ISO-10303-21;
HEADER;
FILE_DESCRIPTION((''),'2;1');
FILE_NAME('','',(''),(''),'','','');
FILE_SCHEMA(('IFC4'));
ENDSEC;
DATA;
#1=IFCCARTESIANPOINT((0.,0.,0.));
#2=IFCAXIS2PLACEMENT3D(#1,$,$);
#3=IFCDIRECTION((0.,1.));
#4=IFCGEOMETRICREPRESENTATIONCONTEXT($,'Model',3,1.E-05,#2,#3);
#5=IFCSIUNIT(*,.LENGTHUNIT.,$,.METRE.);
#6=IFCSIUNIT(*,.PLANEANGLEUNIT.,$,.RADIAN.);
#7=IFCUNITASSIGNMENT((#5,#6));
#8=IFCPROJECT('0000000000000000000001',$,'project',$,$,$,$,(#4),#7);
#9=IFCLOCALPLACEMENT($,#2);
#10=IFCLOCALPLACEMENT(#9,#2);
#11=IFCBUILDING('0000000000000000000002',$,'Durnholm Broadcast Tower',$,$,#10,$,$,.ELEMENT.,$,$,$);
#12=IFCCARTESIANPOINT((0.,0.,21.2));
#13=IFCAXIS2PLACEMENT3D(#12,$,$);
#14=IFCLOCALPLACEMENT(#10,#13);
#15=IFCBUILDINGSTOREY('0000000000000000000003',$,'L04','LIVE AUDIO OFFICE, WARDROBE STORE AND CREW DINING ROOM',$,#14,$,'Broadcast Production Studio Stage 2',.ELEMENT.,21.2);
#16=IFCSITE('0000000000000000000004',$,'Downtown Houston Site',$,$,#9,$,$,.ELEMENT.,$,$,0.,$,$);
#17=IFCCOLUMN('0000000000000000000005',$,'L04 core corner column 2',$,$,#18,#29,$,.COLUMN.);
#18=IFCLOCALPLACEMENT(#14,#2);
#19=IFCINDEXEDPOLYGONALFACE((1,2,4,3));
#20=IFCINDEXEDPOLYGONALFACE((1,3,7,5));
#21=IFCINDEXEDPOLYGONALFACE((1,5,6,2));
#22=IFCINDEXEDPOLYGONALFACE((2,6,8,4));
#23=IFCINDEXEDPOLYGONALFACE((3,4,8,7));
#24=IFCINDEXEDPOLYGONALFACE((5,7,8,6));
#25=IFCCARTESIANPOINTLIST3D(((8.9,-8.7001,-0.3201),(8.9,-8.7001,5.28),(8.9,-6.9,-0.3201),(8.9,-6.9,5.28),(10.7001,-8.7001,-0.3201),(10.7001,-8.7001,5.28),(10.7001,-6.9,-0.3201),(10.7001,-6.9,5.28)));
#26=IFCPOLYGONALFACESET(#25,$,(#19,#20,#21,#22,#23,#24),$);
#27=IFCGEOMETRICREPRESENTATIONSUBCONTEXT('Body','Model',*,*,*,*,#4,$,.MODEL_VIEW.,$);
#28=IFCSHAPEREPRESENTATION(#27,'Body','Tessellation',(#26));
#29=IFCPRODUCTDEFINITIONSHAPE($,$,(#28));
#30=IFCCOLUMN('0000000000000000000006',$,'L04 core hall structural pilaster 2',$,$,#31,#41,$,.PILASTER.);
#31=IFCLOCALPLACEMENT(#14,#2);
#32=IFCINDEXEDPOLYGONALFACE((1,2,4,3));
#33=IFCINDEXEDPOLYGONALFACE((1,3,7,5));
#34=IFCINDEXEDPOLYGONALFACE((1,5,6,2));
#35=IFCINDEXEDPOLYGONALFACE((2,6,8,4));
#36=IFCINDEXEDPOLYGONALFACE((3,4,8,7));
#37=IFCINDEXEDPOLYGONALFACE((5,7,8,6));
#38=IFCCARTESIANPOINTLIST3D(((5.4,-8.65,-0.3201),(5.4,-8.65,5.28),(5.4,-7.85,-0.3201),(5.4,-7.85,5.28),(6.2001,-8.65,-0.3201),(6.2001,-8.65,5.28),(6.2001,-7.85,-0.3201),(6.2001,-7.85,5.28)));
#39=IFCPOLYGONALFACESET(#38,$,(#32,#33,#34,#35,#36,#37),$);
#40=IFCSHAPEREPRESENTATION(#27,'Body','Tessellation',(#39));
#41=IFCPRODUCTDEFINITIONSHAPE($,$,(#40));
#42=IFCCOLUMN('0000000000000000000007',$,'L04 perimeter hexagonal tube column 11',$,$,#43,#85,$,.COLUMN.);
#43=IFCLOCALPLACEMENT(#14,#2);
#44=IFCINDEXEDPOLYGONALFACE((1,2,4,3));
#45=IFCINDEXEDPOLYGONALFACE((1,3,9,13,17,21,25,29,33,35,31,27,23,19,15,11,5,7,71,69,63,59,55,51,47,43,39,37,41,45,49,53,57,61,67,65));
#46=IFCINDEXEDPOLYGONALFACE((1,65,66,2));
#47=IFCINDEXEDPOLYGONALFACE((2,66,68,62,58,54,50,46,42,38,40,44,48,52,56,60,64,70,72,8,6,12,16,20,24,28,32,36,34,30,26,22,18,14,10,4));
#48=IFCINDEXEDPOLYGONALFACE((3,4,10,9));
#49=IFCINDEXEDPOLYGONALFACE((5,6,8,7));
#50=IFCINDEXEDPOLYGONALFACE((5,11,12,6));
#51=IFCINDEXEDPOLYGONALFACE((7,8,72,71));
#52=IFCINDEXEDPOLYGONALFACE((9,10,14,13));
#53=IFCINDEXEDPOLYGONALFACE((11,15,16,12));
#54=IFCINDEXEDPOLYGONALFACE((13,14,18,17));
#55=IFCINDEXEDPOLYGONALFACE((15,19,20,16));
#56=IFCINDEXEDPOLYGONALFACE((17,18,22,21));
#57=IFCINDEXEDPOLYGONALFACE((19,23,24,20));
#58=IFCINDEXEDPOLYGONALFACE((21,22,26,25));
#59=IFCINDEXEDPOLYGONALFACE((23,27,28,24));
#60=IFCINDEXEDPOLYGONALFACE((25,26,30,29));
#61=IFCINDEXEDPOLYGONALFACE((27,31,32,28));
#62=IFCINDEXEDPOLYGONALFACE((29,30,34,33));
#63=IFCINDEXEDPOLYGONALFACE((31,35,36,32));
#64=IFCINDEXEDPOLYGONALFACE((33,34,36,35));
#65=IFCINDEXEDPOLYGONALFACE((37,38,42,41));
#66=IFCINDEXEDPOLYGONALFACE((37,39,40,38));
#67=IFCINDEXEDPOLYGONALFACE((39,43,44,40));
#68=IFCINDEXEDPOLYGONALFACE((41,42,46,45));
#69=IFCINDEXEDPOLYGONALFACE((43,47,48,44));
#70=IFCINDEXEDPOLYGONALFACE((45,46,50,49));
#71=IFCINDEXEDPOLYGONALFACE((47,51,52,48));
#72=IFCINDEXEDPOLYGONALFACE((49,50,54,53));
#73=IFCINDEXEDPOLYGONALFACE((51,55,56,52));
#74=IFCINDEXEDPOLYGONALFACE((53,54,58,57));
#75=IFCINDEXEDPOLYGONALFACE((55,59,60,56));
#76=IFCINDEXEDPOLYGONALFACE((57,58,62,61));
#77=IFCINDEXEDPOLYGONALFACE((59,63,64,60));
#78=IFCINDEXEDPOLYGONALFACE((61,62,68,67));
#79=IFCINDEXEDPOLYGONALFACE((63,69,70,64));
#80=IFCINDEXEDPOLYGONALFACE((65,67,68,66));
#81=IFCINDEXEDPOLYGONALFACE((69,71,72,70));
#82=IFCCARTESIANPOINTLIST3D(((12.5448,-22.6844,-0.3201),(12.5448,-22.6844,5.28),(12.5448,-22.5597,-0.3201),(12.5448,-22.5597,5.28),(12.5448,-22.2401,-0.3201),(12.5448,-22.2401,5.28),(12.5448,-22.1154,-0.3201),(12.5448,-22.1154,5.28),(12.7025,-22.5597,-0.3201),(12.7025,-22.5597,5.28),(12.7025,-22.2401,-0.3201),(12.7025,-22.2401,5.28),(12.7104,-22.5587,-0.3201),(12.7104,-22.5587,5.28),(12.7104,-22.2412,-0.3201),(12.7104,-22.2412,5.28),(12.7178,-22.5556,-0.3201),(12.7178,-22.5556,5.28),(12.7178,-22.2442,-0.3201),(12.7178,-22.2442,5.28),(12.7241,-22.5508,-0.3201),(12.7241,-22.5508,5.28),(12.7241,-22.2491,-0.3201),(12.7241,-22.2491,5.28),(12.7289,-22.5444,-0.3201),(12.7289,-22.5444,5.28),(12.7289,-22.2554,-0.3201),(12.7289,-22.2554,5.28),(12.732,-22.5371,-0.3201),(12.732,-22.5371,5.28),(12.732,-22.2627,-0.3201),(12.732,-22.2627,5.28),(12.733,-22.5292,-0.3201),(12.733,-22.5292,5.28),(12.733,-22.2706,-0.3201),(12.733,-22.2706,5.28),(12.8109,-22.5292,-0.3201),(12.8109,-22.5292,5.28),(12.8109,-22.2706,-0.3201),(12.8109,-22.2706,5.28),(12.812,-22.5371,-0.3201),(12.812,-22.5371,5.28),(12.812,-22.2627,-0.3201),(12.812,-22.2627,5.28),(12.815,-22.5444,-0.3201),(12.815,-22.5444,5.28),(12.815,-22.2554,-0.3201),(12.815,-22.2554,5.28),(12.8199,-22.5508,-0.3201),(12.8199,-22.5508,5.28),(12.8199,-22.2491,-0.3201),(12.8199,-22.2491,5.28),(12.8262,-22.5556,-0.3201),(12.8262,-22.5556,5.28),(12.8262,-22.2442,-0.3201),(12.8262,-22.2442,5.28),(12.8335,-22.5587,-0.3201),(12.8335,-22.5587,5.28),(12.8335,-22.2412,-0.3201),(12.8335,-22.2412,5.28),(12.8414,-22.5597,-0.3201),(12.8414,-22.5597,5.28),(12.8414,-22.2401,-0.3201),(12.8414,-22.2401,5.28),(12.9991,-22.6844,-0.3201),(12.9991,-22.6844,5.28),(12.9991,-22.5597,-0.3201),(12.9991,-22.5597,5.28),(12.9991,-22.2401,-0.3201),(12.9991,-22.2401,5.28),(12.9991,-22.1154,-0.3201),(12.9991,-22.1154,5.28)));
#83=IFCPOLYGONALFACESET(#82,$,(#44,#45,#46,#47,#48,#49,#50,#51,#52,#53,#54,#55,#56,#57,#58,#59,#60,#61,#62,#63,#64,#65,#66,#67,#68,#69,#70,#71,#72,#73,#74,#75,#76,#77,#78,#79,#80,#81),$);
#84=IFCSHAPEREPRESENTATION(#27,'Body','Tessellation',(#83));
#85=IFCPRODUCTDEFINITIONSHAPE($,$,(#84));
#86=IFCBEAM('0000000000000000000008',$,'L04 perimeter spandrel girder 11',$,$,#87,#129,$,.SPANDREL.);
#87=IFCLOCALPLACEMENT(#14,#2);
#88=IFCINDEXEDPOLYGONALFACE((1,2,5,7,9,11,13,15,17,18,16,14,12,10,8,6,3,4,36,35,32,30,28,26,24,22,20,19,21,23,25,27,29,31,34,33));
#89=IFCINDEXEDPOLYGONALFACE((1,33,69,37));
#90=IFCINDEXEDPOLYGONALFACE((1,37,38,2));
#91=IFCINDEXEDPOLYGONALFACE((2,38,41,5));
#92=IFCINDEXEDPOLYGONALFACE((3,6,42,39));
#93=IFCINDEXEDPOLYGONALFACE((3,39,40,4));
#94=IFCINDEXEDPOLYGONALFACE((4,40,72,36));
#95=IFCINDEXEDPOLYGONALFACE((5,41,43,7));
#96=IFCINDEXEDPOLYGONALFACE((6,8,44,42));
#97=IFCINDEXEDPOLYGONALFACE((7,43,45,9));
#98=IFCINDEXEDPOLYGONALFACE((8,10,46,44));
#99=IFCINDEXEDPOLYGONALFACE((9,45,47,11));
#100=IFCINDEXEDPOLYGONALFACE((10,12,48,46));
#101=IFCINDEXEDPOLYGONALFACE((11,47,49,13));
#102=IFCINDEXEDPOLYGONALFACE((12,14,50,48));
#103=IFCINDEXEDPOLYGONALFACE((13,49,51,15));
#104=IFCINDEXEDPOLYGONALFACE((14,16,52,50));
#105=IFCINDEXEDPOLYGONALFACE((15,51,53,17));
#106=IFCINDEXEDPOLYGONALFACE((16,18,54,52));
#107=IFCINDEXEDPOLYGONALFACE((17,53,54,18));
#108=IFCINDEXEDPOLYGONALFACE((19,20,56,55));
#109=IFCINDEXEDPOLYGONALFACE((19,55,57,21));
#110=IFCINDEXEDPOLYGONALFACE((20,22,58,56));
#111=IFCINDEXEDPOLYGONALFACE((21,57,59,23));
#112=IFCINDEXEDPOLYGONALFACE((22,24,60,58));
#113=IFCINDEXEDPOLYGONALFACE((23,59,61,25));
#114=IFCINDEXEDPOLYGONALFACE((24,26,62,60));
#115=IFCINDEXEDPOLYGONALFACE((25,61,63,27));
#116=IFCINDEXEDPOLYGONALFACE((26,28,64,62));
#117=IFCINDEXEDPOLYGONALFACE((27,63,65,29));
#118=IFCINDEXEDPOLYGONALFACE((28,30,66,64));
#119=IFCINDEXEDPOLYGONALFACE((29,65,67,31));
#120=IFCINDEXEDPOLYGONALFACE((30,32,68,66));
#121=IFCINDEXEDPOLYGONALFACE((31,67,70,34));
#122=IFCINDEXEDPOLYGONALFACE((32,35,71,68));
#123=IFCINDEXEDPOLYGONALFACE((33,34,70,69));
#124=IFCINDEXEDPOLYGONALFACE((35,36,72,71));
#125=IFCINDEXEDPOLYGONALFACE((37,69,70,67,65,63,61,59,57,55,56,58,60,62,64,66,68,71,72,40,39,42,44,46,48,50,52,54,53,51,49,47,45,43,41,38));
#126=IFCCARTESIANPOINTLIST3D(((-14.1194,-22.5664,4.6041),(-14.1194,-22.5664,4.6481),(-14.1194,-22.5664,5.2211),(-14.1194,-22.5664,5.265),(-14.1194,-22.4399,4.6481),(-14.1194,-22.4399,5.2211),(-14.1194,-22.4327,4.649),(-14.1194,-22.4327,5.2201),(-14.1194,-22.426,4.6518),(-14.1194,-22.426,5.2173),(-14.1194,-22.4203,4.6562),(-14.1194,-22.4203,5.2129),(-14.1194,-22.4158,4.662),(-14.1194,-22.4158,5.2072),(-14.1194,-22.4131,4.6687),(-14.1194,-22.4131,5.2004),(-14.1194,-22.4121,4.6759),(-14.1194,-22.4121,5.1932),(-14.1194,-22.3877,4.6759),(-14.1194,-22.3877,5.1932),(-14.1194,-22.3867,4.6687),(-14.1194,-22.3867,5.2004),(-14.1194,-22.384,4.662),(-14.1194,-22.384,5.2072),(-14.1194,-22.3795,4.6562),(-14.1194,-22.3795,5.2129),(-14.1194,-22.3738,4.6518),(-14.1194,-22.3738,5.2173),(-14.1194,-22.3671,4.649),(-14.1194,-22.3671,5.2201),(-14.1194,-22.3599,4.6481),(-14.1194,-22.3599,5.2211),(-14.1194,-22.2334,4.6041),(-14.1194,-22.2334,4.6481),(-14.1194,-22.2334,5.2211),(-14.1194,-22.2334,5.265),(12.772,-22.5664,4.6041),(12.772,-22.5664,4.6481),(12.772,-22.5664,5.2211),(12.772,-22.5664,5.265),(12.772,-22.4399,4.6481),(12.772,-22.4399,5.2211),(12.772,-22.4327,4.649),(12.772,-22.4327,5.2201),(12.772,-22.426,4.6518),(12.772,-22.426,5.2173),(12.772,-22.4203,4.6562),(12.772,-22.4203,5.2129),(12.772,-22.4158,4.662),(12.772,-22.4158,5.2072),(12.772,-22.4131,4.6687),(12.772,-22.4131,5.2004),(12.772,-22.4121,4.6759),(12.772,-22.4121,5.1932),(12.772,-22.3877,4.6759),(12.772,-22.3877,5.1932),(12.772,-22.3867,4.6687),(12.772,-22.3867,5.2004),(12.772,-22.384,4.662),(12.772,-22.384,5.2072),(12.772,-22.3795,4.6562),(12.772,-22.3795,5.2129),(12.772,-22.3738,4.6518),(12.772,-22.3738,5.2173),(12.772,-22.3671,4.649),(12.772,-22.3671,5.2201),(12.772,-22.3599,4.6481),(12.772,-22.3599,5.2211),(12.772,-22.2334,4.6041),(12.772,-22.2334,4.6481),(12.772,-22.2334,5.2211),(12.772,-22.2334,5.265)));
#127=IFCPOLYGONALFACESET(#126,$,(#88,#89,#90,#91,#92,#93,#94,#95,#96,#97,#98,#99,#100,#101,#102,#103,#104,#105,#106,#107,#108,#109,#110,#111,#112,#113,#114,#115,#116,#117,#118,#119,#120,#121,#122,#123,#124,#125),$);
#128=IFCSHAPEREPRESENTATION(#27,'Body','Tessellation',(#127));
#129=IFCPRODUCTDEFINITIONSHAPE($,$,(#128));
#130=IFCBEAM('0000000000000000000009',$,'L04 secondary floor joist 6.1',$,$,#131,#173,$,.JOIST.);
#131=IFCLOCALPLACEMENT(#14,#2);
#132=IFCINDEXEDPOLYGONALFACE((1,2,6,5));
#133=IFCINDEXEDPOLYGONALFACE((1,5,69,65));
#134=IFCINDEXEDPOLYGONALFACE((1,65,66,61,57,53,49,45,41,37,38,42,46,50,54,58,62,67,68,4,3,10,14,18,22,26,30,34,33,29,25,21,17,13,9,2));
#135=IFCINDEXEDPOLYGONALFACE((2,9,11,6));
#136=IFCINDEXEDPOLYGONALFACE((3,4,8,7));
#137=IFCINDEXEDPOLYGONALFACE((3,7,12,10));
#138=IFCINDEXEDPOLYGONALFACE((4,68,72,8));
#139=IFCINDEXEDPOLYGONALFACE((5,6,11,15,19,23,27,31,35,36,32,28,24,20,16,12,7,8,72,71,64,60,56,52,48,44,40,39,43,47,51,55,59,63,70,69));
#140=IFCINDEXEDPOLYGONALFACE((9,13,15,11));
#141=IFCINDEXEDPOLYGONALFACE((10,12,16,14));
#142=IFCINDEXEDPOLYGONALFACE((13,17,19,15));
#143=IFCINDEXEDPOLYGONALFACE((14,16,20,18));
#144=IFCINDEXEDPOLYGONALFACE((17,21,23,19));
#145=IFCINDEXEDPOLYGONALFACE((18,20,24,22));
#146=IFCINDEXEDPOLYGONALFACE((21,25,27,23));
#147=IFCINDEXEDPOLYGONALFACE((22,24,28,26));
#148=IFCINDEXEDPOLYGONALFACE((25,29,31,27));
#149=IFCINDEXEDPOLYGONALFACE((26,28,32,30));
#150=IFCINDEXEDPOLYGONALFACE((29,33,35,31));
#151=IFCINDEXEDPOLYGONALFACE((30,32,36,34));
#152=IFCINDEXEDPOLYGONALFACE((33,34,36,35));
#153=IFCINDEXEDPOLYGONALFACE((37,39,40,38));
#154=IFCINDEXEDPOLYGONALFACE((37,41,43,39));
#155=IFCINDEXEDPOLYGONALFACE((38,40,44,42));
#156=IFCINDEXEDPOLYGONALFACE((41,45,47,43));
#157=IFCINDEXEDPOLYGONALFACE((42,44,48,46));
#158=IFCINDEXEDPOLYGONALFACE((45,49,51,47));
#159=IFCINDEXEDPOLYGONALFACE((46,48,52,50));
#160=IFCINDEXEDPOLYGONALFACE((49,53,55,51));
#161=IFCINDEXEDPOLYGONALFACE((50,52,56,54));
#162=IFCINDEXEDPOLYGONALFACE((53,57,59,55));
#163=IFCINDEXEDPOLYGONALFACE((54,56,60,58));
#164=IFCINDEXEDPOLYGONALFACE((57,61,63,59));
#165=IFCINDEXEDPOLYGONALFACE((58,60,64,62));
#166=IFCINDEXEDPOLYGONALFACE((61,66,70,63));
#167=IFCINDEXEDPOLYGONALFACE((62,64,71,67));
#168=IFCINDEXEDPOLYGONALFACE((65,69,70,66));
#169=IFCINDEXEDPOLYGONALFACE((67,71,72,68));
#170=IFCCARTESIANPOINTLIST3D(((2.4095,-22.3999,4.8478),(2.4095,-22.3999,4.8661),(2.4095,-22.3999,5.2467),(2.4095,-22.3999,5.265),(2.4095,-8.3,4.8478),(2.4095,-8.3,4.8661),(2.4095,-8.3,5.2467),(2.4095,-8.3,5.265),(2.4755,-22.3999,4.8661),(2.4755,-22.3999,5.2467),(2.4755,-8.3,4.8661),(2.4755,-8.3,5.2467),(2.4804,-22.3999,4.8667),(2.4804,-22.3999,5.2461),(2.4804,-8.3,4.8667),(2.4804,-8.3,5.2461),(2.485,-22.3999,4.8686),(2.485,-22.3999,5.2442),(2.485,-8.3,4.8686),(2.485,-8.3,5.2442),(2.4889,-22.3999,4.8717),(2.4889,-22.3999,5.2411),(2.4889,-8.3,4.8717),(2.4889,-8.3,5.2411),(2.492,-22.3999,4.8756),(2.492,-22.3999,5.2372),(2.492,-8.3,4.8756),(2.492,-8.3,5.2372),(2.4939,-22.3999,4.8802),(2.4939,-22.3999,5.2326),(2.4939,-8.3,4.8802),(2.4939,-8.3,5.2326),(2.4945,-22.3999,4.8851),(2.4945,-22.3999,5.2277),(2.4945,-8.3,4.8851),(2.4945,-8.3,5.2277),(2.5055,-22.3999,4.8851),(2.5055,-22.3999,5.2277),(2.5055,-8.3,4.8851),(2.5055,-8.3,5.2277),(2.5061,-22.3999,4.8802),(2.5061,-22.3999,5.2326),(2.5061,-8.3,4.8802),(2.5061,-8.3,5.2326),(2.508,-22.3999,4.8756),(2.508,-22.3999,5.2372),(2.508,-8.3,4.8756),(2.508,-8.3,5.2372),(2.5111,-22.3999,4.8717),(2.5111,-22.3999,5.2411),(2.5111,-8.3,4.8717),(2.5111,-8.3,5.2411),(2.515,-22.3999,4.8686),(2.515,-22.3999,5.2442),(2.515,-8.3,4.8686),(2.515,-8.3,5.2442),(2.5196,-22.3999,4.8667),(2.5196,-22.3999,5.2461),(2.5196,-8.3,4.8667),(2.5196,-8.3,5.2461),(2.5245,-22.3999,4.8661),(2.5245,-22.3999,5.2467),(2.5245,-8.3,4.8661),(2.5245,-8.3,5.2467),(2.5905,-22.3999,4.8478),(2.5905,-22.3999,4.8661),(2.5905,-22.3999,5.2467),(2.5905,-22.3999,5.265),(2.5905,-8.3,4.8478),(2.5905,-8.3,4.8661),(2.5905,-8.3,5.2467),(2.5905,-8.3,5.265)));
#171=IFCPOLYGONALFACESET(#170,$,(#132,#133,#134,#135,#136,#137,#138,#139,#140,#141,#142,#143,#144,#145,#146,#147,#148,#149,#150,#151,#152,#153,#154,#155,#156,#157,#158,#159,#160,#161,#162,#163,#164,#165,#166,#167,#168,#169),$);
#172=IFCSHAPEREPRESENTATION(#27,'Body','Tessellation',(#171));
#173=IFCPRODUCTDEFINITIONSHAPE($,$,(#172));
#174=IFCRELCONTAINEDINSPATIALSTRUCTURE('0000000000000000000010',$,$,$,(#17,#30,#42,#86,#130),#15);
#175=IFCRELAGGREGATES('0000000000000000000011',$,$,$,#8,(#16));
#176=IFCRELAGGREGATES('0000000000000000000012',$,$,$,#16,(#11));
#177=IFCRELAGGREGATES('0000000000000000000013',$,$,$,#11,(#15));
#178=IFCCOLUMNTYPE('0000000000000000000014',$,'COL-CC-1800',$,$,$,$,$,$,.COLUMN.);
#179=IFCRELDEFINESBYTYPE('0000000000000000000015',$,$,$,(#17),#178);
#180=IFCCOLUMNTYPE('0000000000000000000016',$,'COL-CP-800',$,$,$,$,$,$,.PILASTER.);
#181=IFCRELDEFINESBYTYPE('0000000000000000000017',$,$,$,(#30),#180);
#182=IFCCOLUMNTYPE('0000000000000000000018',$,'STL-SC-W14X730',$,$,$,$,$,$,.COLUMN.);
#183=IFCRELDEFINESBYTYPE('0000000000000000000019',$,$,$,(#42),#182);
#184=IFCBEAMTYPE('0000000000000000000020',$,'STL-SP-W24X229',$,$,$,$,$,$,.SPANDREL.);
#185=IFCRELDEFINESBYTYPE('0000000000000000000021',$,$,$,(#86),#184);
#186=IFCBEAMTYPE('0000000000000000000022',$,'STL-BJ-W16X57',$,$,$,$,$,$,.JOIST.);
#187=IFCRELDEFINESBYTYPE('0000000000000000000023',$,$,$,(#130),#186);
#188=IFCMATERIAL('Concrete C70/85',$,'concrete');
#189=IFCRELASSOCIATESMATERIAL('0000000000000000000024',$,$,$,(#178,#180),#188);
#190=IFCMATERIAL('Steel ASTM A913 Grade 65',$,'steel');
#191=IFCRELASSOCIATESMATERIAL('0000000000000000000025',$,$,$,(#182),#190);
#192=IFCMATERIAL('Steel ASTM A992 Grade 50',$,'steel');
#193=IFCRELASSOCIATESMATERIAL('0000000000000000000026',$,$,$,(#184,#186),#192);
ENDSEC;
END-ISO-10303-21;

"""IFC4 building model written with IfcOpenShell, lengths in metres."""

from ifc_helpers import new_model, si_unit, direction, frame, origin, origin_2d, place, context, subcontext, project, spatial, rectangle, i_section, extrude, source, transform, mapped, material, material_profile, profile_set, type_object, type_shapes, element, save


model = new_model("IFC4")

# Units and contexts
model_context = context("Model", 3, precision=1e-05, world=origin(), true_north=direction((0.0, 1.0)))
body_context = subcontext(model_context, "Body", "Model", "MODEL_VIEW")
ifc_project = project(units=[si_unit("LENGTHUNIT", "METRE"), si_unit("PLANEANGLEUNIT", "RADIAN")], contexts=[model_context])

# Site, building, storey
site_placement = place(None, origin())
site = spatial("IfcSite", under=ifc_project, at=site_placement, Name="Downtown Houston Site", CompositionType="ELEMENT", RefElevation=0.0)
building_placement = place(site_placement, origin())
building = spatial("IfcBuilding", under=site, at=building_placement, Name="Durnholm Broadcast Tower", CompositionType="ELEMENT")
storey_placement = place(building_placement, frame((0.0, 0.0, 21.2)))
storey = spatial("IfcBuildingStorey", under=building, at=storey_placement, Name="L04", Description="LIVE AUDIO OFFICE, WARDROBE STORE AND CREW DINING ROOM", LongName="Broadcast Production Studio Stage 2", CompositionType="ELEMENT", Elevation=21.2)

# Columns
ifc_material_1 = material(Name="Concrete C70/85", Category="concrete")
ifc_material_profile_1 = material_profile(ifc_material_1, rectangle(XDim=1.8, YDim=1.8, at=origin_2d()), Name="RC1800X1800")
ifc_profile_set_1 = profile_set([ifc_material_profile_1], Name="Concrete C70/85")
column_type_1 = type_object("IfcColumnType", Name="COL-CC-1800", PredefinedType="COLUMN", material=ifc_profile_set_1)
shared_shape_1 = source(origin(), body_context, "Body", "SweptSolid", [
    extrude(rectangle(XDim=1.8, YDim=1.8, at=origin_2d()), origin(), (0.0, 0.0, 1.0), 5.6001),
])
type_shapes(column_type_1, [shared_shape_1])
column_1_placement = place(storey_placement, frame((9.8, -7.8, -0.3201), z_axis=(0.0, 0.0, 1.0), x_axis=(1.0, 0.0, 0.0)))
element("IfcColumn", 1, at=column_1_placement, inside=storey, type_object=column_type_1, Name="L04 core corner column 2", PredefinedType="COLUMN", context=body_context, shape_type="MappedRepresentation", body=[
    mapped(shared_shape_1, transform((0.0, 0.0, 0.0), x_axis=(1.0, 0.0, 0.0), y_axis=(0.0, 1.0, 0.0), z_axis=(0.0, 0.0, 1.0), scale=1.0)),
])
ifc_material_profile_2 = material_profile(ifc_material_1, rectangle(XDim=0.8, YDim=0.8, at=origin_2d()), Name="RC800X800")
ifc_profile_set_2 = profile_set([ifc_material_profile_2], Name="Concrete C70/85")
column_type_2 = type_object("IfcColumnType", Name="COL-CP-800", PredefinedType="PILASTER", material=ifc_profile_set_2)
shared_shape_2 = source(origin(), body_context, "Body", "SweptSolid", [
    extrude(rectangle(XDim=0.8, YDim=0.8, at=origin_2d()), origin(), (0.0, 0.0, 1.0), 5.6001),
])
type_shapes(column_type_2, [shared_shape_2])
column_2_placement = place(storey_placement, frame((5.8, -8.25, -0.3201), z_axis=(0.0, 0.0, 1.0), x_axis=(1.0, 0.0, 0.0)))
element("IfcColumn", 2, at=column_2_placement, inside=storey, type_object=column_type_2, Name="L04 core hall structural pilaster 2", PredefinedType="PILASTER", context=body_context, shape_type="MappedRepresentation", body=[
    mapped(shared_shape_2, transform((0.0, 0.0, 0.0), x_axis=(1.0, 0.0, 0.0), y_axis=(0.0, 1.0, 0.0), z_axis=(0.0, 0.0, 1.0), scale=1.0)),
])
ifc_material_2 = material(Name="Steel ASTM A913 Grade 65", Category="steel")
ifc_material_profile_3 = material_profile(ifc_material_2, i_section(OverallWidth=0.4543, OverallDepth=0.5691, WebThickness=0.0779, FlangeThickness=0.1248, FilletRadius=0.0305, at=origin_2d()), Name="W14X730")
ifc_profile_set_3 = profile_set([ifc_material_profile_3], Name="Steel ASTM A913 Grade 65")
column_type_3 = type_object("IfcColumnType", Name="STL-SC-W14X730", PredefinedType="COLUMN", material=ifc_profile_set_3)
shared_shape_3 = source(origin(), body_context, "Body", "SweptSolid", [
    extrude(i_section(OverallWidth=0.4543, OverallDepth=0.5691, WebThickness=0.0779, FlangeThickness=0.1248, FilletRadius=0.0305, at=origin_2d()), origin(), (0.0, 0.0, 1.0), 5.6001),
])
type_shapes(column_type_3, [shared_shape_3])
column_3_placement = place(storey_placement, frame((12.772, -22.3999, -0.3201), z_axis=(0.0, 0.0, 1.0), x_axis=(1.0, 0.0, 0.0)))
element("IfcColumn", 3, at=column_3_placement, inside=storey, type_object=column_type_3, Name="L04 perimeter hexagonal tube column 11", PredefinedType="COLUMN", context=body_context, shape_type="MappedRepresentation", body=[
    mapped(shared_shape_3, transform((0.0, 0.0, 0.0), x_axis=(1.0, 0.0, 0.0), y_axis=(0.0, 1.0, 0.0), z_axis=(0.0, 0.0, 1.0), scale=1.0)),
])

# Beams
ifc_material_3 = material(Name="Steel ASTM A992 Grade 50", Category="steel")
ifc_material_profile_4 = material_profile(ifc_material_3, i_section(OverallWidth=0.333, OverallDepth=0.6609, WebThickness=0.0244, FlangeThickness=0.0439, FilletRadius=0.0278, at=origin_2d()), Name="W24X229")
ifc_profile_set_4 = profile_set([ifc_material_profile_4], Name="Steel ASTM A992 Grade 50")
beam_type_1 = type_object("IfcBeamType", Name="STL-SP-W24X229", PredefinedType="SPANDREL", material=ifc_profile_set_4)
shared_shape_4 = source(origin(), body_context, "Body", "SweptSolid", [
    extrude(i_section(OverallWidth=0.333, OverallDepth=0.6609, WebThickness=0.0244, FlangeThickness=0.0439, FilletRadius=0.0278, at=origin_2d()), origin(), (0.0, 0.0, 1.0), 26.8914),
])
type_shapes(beam_type_1, [shared_shape_4])
beam_1_placement = place(storey_placement, frame((12.772, -22.3999, 4.9346), z_axis=(-1.0, 0.0, 0.0), x_axis=(0.0, -1.0, 0.0)))
element("IfcBeam", 4, at=beam_1_placement, inside=storey, type_object=beam_type_1, Name="L04 perimeter spandrel girder 11", PredefinedType="SPANDREL", context=body_context, shape_type="MappedRepresentation", body=[
    mapped(shared_shape_4, transform((0.0, 0.0, 0.0), x_axis=(1.0, 0.0, 0.0), y_axis=(0.0, 1.0, 0.0), z_axis=(0.0, 0.0, 1.0), scale=1.0)),
])
ifc_material_profile_5 = material_profile(ifc_material_3, i_section(OverallWidth=0.1809, OverallDepth=0.4172, WebThickness=0.011, FlangeThickness=0.0183, FilletRadius=0.019, at=origin_2d()), Name="W16X57")
ifc_profile_set_5 = profile_set([ifc_material_profile_5], Name="Steel ASTM A992 Grade 50")
beam_type_2 = type_object("IfcBeamType", Name="STL-BJ-W16X57", PredefinedType="JOIST", material=ifc_profile_set_5)
shared_shape_5 = source(origin(), body_context, "Body", "SweptSolid", [
    extrude(i_section(OverallWidth=0.1809, OverallDepth=0.4172, WebThickness=0.011, FlangeThickness=0.0183, FilletRadius=0.019, at=origin_2d()), origin(), (0.0, 0.0, 1.0), 14.0999),
])
type_shapes(beam_type_2, [shared_shape_5])
beam_2_placement = place(storey_placement, frame((2.5, -22.3999, 5.0564), z_axis=(0.0, 1.0, 0.0), x_axis=(-1.0, 0.0, 0.0)))
element("IfcBeam", 5, at=beam_2_placement, inside=storey, type_object=beam_type_2, Name="L04 secondary floor joist 6.1", PredefinedType="JOIST", context=body_context, shape_type="MappedRepresentation", body=[
    mapped(shared_shape_5, transform((0.0, 0.0, 0.0), x_axis=(1.0, 0.0, 0.0), y_axis=(0.0, 1.0, 0.0), z_axis=(0.0, 0.0, 1.0), scale=1.0)),
])

save(model, "model.ifc")
